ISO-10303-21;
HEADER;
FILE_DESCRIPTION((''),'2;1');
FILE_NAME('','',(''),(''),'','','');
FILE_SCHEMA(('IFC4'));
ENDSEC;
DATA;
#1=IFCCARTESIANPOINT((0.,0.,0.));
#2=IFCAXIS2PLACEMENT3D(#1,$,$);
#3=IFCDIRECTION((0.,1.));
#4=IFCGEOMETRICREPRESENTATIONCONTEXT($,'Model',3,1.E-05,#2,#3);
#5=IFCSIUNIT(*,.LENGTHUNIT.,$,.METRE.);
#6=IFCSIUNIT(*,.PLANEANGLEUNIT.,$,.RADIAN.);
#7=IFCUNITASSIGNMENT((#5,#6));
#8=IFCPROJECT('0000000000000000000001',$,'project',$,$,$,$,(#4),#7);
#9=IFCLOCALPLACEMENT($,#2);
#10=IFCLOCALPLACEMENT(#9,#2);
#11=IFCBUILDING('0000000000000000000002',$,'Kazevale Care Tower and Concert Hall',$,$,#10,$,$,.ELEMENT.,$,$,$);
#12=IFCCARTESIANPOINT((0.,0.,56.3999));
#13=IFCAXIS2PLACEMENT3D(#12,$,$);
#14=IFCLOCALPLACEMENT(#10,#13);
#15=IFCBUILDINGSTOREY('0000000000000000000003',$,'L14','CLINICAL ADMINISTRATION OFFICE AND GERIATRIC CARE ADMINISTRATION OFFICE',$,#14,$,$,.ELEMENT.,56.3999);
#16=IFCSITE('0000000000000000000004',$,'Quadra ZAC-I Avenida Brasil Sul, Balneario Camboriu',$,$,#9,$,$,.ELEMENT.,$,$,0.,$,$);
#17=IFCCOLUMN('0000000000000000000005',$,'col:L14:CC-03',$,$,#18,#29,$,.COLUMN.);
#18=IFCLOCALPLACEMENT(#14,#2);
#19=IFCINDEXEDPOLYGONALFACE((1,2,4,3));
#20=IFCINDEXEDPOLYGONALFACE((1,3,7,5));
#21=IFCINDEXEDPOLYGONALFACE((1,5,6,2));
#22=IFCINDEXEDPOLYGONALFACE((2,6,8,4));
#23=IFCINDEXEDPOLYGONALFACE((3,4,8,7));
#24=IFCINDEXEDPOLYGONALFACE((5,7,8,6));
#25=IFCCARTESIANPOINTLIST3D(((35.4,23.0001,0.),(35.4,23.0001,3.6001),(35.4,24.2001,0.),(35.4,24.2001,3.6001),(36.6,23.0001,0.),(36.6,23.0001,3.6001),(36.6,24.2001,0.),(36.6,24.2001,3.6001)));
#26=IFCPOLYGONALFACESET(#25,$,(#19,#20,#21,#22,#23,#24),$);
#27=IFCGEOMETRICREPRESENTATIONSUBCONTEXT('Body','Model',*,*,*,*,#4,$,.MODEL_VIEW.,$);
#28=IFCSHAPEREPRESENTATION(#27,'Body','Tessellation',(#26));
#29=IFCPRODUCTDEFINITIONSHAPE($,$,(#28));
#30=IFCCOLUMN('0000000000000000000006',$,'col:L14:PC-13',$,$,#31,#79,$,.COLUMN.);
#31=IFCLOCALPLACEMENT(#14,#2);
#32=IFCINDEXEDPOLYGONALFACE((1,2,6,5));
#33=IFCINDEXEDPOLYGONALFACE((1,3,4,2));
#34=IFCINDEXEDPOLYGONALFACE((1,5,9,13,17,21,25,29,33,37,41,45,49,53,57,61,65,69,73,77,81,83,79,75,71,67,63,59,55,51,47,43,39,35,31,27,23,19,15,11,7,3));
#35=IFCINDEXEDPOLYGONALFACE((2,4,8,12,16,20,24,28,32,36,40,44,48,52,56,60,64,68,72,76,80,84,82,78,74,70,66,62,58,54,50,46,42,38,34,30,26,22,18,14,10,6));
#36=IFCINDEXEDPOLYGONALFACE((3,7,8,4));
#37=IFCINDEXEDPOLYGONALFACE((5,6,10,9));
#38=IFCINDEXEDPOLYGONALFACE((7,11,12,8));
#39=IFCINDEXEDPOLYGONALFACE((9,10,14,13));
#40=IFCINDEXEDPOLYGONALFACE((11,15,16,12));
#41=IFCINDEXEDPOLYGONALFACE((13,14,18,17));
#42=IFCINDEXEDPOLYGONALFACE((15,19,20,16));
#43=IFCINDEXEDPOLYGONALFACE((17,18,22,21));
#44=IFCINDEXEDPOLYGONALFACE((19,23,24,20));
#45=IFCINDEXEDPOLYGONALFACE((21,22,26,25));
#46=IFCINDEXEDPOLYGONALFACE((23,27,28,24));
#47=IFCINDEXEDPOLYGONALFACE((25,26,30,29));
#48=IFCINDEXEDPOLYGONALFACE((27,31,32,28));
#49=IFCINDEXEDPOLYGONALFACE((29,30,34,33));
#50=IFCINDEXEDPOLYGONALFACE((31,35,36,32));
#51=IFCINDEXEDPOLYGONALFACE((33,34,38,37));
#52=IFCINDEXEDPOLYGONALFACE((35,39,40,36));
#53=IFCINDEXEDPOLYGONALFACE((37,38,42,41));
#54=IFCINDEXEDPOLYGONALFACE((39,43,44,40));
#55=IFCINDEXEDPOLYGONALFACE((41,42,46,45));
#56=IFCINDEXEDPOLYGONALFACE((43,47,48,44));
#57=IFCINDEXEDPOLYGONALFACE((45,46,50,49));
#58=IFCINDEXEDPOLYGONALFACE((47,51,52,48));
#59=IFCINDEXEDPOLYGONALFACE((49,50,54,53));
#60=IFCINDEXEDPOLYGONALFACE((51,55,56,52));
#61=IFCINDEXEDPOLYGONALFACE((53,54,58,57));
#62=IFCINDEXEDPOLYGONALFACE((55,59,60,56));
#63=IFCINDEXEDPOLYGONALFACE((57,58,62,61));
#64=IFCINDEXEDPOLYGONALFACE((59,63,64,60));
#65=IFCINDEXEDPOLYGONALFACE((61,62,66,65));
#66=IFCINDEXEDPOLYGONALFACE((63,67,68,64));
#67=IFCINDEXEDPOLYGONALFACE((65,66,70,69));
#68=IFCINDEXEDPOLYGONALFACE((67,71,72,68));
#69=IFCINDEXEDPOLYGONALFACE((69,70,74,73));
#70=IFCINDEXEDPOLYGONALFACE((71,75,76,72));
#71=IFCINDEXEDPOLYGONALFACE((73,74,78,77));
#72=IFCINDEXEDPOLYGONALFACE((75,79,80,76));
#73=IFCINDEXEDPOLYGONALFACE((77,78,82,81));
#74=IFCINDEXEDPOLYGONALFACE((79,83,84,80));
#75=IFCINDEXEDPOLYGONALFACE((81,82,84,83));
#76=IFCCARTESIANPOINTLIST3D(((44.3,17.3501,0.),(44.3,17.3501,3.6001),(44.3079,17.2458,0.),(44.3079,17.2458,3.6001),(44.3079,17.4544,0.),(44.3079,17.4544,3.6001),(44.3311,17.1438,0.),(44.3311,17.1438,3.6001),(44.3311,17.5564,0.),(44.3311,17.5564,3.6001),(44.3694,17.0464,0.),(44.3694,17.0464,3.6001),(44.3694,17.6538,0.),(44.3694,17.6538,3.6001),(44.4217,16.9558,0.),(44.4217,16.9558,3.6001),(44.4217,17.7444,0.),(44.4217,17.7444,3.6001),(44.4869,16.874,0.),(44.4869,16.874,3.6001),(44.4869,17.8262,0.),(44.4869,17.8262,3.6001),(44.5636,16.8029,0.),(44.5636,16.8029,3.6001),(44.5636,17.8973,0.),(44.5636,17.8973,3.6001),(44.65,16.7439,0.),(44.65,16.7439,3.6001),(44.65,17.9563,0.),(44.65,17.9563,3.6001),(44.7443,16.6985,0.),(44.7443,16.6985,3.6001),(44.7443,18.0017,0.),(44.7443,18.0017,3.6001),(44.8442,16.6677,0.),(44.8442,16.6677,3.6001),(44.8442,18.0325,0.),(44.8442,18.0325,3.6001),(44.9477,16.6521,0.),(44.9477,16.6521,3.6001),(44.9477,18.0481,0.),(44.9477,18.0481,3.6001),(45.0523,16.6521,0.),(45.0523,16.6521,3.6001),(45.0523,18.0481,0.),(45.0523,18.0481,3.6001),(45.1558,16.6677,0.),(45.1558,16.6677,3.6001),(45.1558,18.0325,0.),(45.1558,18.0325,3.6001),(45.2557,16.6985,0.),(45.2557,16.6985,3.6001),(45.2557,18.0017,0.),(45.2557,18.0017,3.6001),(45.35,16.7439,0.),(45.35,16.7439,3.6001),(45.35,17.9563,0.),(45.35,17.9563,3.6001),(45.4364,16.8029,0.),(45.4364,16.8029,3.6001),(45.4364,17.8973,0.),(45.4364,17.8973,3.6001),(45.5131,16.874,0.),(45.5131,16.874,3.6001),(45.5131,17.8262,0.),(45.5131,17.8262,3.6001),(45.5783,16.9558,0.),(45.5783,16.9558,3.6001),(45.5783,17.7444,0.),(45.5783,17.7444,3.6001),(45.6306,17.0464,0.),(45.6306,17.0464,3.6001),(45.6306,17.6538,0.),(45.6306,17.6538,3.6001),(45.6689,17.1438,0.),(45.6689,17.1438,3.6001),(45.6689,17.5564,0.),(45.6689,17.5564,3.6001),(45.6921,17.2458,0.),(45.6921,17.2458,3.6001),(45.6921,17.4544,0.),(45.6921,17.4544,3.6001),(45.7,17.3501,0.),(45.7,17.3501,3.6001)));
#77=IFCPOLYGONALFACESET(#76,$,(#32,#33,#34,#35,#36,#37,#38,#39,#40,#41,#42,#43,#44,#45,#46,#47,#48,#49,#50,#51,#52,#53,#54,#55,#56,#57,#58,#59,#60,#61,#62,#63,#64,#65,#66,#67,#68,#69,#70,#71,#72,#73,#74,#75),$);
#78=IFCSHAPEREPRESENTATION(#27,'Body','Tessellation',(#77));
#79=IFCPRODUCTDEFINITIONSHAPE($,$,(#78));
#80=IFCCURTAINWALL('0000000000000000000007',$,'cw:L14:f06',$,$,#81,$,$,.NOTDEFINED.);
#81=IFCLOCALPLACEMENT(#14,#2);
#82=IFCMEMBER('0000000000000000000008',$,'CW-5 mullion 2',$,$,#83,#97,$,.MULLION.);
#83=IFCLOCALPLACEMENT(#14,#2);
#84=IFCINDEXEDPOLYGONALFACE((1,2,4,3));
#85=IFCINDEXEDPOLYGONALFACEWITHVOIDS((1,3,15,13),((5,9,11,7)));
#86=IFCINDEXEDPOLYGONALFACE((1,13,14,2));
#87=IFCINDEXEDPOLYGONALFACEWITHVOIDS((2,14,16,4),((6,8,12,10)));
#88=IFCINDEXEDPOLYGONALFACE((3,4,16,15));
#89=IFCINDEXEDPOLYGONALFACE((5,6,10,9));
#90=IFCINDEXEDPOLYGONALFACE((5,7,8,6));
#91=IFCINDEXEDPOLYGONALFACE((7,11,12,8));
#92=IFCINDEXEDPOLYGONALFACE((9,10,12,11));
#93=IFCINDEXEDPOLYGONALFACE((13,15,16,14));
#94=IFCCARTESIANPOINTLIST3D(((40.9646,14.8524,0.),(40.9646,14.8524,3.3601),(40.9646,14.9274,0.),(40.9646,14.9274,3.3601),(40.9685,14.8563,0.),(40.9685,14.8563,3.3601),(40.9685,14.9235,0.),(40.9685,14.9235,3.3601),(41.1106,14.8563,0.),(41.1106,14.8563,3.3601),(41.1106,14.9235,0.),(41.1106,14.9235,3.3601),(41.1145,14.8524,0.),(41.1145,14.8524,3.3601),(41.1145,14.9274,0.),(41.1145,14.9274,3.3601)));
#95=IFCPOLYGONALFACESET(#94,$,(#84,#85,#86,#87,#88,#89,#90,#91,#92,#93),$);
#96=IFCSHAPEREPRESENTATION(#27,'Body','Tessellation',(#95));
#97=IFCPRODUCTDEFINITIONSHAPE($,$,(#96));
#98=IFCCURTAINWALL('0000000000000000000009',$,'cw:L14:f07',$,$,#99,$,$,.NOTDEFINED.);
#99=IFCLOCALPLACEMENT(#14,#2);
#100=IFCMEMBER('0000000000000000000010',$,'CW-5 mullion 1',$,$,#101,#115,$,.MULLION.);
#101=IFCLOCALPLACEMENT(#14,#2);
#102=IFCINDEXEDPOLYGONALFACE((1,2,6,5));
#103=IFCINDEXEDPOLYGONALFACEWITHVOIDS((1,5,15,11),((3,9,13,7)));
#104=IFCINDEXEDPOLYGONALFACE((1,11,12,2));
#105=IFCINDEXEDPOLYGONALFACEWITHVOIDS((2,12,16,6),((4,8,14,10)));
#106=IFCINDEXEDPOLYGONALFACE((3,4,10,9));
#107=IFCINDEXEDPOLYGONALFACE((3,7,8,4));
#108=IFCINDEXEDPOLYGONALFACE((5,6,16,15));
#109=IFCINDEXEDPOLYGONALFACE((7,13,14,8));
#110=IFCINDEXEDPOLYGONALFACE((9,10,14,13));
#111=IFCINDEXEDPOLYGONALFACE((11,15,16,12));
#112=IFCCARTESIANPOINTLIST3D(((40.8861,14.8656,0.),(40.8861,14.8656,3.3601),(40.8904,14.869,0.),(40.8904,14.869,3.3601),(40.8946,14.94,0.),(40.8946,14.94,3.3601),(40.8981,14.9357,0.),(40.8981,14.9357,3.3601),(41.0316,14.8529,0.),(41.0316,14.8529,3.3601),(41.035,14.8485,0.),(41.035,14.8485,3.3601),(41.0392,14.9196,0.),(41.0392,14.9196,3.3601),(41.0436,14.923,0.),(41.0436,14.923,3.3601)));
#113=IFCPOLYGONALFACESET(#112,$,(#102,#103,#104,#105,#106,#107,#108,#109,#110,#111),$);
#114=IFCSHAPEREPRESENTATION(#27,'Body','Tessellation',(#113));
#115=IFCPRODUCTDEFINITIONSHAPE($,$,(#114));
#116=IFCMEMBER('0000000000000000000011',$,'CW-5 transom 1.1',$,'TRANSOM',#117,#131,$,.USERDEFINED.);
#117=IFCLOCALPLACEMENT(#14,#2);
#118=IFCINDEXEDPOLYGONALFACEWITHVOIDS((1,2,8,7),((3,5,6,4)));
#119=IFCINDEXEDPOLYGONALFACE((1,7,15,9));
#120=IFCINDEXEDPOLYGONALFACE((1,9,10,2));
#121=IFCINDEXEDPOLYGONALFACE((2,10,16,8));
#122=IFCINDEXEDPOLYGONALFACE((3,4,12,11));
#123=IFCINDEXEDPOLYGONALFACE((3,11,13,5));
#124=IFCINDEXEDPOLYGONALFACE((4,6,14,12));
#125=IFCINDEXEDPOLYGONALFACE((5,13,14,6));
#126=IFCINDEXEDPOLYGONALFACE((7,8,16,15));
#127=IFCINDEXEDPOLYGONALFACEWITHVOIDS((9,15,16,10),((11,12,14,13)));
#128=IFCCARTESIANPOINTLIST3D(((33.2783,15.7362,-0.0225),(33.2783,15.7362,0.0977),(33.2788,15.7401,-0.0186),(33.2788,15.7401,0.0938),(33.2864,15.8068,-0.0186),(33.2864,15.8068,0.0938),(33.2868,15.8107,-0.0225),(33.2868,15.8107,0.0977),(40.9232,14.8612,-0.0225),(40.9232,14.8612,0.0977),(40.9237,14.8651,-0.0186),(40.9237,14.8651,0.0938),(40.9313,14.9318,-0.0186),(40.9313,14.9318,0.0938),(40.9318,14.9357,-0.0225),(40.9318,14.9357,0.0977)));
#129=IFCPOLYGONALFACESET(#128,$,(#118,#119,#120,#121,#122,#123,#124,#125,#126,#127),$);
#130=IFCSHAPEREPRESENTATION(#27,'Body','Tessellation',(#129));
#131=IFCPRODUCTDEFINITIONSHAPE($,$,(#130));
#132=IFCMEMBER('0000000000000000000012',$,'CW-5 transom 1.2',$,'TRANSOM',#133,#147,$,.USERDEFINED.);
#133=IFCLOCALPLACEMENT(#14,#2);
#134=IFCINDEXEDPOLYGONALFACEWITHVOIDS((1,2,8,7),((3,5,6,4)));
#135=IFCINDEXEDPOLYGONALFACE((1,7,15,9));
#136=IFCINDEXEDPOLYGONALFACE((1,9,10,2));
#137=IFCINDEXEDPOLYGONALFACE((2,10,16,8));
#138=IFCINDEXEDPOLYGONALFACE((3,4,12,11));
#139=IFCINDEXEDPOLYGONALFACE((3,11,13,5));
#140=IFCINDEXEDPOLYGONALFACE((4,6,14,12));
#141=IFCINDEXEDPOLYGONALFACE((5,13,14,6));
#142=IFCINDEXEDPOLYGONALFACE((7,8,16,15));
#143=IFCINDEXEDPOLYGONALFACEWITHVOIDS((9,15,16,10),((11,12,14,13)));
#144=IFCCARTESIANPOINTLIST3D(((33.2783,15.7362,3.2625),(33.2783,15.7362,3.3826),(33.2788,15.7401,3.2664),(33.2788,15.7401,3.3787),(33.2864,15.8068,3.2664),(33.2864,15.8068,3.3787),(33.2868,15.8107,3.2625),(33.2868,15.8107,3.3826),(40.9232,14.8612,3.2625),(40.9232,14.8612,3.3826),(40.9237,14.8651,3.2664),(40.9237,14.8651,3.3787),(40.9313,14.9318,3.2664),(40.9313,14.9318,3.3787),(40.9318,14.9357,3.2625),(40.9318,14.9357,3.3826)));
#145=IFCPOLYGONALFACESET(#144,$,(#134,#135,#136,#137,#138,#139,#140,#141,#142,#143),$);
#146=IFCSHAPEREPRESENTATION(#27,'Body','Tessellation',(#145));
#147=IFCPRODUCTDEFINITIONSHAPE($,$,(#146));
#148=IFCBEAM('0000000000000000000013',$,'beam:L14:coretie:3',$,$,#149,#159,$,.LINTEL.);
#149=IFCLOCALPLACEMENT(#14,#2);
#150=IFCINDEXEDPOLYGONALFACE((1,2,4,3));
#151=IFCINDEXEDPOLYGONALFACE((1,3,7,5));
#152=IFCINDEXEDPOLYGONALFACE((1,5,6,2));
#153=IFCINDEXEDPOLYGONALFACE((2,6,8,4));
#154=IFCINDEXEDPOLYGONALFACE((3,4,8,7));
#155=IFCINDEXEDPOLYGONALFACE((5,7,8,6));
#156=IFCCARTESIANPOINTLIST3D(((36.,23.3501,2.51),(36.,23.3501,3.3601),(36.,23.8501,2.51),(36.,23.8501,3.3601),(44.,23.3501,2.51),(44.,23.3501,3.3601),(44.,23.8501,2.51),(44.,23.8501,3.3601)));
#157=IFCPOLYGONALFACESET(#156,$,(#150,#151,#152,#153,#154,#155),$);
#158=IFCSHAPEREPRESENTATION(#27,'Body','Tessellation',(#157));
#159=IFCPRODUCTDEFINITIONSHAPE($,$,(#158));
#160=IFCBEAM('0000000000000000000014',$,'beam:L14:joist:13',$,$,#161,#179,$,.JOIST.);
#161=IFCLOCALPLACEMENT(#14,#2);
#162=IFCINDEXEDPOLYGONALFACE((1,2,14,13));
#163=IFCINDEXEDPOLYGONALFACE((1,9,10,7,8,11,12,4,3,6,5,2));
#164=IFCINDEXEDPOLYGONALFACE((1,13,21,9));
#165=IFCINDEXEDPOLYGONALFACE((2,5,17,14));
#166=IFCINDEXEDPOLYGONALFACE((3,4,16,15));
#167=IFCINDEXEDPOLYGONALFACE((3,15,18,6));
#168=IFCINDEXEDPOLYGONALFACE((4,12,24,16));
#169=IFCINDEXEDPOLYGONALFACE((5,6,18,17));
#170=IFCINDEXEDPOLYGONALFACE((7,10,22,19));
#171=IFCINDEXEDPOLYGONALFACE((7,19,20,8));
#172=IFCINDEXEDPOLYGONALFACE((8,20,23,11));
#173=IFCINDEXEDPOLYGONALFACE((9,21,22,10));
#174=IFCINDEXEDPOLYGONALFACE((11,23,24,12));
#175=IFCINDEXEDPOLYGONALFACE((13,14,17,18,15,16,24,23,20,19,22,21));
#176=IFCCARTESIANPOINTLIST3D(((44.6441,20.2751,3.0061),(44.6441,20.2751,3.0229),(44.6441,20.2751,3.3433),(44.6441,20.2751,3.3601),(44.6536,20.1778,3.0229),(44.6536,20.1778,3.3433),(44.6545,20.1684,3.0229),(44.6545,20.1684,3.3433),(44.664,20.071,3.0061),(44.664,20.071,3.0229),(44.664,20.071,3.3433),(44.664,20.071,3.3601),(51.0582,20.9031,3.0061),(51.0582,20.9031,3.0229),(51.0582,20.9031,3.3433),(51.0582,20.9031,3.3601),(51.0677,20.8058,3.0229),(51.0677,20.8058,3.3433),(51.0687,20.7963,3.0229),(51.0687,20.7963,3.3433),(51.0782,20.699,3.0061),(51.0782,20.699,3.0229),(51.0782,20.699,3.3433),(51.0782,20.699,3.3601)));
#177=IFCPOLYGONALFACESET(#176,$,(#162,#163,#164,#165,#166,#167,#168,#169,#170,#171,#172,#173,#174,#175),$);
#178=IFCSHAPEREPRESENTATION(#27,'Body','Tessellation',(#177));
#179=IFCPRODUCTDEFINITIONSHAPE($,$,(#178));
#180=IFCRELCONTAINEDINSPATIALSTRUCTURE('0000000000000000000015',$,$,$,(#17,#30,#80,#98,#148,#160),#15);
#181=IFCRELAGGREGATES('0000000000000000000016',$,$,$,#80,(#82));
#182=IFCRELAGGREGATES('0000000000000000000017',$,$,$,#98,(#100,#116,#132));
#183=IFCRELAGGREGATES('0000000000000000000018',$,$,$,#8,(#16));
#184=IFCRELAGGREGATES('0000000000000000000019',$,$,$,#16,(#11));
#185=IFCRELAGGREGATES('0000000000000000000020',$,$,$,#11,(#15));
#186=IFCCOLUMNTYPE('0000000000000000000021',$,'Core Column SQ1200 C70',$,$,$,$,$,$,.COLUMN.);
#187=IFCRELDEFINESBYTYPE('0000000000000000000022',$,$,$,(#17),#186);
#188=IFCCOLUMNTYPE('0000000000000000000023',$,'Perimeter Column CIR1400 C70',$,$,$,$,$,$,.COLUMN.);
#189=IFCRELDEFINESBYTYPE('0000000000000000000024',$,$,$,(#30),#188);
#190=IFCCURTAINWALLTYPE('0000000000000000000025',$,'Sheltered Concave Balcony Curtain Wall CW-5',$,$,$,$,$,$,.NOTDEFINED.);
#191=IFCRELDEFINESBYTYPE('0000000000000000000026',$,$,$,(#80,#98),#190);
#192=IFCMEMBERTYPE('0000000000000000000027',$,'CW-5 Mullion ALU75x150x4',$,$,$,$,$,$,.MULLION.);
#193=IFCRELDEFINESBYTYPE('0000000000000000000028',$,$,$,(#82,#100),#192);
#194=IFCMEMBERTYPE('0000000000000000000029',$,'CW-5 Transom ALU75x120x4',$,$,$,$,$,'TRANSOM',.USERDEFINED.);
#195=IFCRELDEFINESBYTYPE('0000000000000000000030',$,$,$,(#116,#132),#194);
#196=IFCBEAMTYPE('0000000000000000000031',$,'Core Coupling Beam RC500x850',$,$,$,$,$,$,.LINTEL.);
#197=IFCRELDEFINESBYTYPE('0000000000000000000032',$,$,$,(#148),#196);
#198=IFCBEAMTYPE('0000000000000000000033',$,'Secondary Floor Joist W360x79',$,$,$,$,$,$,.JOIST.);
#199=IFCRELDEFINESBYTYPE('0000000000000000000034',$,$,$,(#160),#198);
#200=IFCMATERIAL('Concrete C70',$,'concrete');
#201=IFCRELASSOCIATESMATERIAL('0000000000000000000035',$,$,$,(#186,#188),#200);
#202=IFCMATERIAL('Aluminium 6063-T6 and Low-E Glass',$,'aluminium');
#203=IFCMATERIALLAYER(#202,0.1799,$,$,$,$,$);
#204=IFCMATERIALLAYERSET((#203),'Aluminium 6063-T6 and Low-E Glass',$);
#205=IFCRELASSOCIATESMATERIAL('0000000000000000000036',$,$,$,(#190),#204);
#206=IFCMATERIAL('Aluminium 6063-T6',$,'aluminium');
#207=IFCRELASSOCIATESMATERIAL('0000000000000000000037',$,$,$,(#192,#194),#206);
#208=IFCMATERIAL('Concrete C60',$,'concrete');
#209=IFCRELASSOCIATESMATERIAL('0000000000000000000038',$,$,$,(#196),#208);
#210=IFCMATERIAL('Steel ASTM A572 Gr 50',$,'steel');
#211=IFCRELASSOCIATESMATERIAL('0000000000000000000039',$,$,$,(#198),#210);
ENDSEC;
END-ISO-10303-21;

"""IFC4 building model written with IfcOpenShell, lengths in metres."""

from ifc_helpers import new_model, si_unit, direction, frame, origin, origin_2d, place, context, subcontext, project, spatial, rectangle, hollow_rectangle, circle, i_section, extrude, material, layer, layer_set, material_profile, profile_set, type_object, element, aggregate, save


model = new_model("IFC4")

# Units and contexts
model_context = context("Model", 3, precision=1e-05, world=origin(), true_north=direction((0.0, 1.0)))
body_context = subcontext(model_context, "Body", "Model", "MODEL_VIEW")
ifc_project = project(units=[si_unit("LENGTHUNIT", "METRE"), si_unit("PLANEANGLEUNIT", "RADIAN")], contexts=[model_context])

# Site, building, storey
site_placement = place(None, origin())
site = spatial("IfcSite", under=ifc_project, at=site_placement, Name="Quadra ZAC-I Avenida Brasil Sul, Balneario Camboriu", CompositionType="ELEMENT", RefElevation=0.0)
building_placement = place(site_placement, origin())
building = spatial("IfcBuilding", under=site, at=building_placement, Name="Kazevale Care Tower and Concert Hall", CompositionType="ELEMENT")
storey_placement = place(building_placement, frame((0.0, 0.0, 56.3999)))
storey = spatial("IfcBuildingStorey", under=building, at=storey_placement, Name="L14", Description="CLINICAL ADMINISTRATION OFFICE AND GERIATRIC CARE ADMINISTRATION OFFICE", CompositionType="ELEMENT", Elevation=56.3999)

# Columns
ifc_material_1 = material(Name="Concrete C70", Category="concrete")
ifc_material_profile_1 = material_profile(ifc_material_1, rectangle(XDim=1.2, YDim=1.2, at=origin_2d()), Name="RC-SQ1200")
ifc_profile_set_1 = profile_set([ifc_material_profile_1], Name="Concrete C70")
column_type_1 = type_object("IfcColumnType", Name="Core Column SQ1200 C70", PredefinedType="COLUMN", material=ifc_profile_set_1)
column_1_placement = place(storey_placement, frame((36.0, 23.6001, 0.0), z_axis=(0.0, 0.0, 1.0), x_axis=(1.0, 0.0, 0.0)))
element("IfcColumn", 1, at=column_1_placement, inside=storey, type_object=column_type_1, Name="col:L14:CC-03", PredefinedType="COLUMN", context=body_context, shape_type="SweptSolid", body=[
    extrude(rectangle(XDim=1.2, YDim=1.2, at=origin_2d()), origin(), (0.0, 0.0, 1.0), 3.6001),
])
ifc_material_profile_2 = material_profile(ifc_material_1, circle(Radius=0.7, at=origin_2d()), Name="RC-CIR1400")
ifc_profile_set_2 = profile_set([ifc_material_profile_2], Name="Concrete C70")
column_type_2 = type_object("IfcColumnType", Name="Perimeter Column CIR1400 C70", PredefinedType="COLUMN", material=ifc_profile_set_2)
column_2_placement = place(storey_placement, frame((45.0, 17.3501, 0.0), z_axis=(0.0, 0.0, 1.0), x_axis=(1.0, 0.0, 0.0)))
element("IfcColumn", 2, at=column_2_placement, inside=storey, type_object=column_type_2, Name="col:L14:PC-13", PredefinedType="COLUMN", context=body_context, shape_type="SweptSolid", body=[
    extrude(circle(Radius=0.7, at=origin_2d()), origin(), (0.0, 0.0, 1.0), 3.6001),
])

# Curtain wall, member
ifc_material_2 = material(Name="Aluminium 6063-T6 and Low-E Glass", Category="aluminium")
ifc_layer_1 = layer(ifc_material_2, 0.1799)
ifc_layer_set_1 = layer_set([ifc_layer_1], Name="Aluminium 6063-T6 and Low-E Glass")
curtain_wall_type = type_object("IfcCurtainWallType", Name="Sheltered Concave Balcony Curtain Wall CW-5", PredefinedType="NOTDEFINED", material=ifc_layer_set_1)
curtain_wall_1_placement = place(storey_placement, origin())
curtain_wall_1 = element("IfcCurtainWall", 3, at=curtain_wall_1_placement, inside=storey, type_object=curtain_wall_type, Name="cw:L14:f06", PredefinedType="NOTDEFINED")
ifc_material_3 = material(Name="Aluminium 6063-T6", Category="aluminium")
ifc_material_profile_3 = material_profile(ifc_material_3, hollow_rectangle(XDim=0.075, YDim=0.1499, WallThickness=0.0039, at=origin_2d()), Name="ALU75x150x4")
ifc_profile_set_3 = profile_set([ifc_material_profile_3], Name="Aluminium 6063-T6")
member_type_1 = type_object("IfcMemberType", Name="CW-5 Mullion ALU75x150x4", PredefinedType="MULLION", material=ifc_profile_set_3)
member_1_placement = place(storey_placement, frame((41.0396, 14.8899, 0.0), z_axis=(0.0, 0.0, 1.0), x_axis=(0.0, -1.0, 0.0)))
member_1 = element("IfcMember", 4, at=member_1_placement, type_object=member_type_1, Name="CW-5 mullion 2", PredefinedType="MULLION", context=body_context, shape_type="SweptSolid", body=[
    extrude(hollow_rectangle(XDim=0.075, YDim=0.1499, WallThickness=0.0039, at=origin_2d()), origin(), (0.0, 0.0, 1.0), 3.3601),
])

# Curtain wall, members
curtain_wall_2_placement = place(storey_placement, origin())
curtain_wall_2 = element("IfcCurtainWall", 5, at=curtain_wall_2_placement, inside=storey, type_object=curtain_wall_type, Name="cw:L14:f07", PredefinedType="NOTDEFINED")
member_2_placement = place(storey_placement, frame((40.9648, 14.8943, 0.0), z_axis=(0.0, 0.0, 1.0), x_axis=(-0.113705, -0.993515, 0.0)))
member_2 = element("IfcMember", 6, at=member_2_placement, type_object=member_type_1, Name="CW-5 mullion 1", PredefinedType="MULLION", context=body_context, shape_type="SweptSolid", body=[
    extrude(hollow_rectangle(XDim=0.075, YDim=0.1499, WallThickness=0.0039, at=origin_2d()), origin(), (0.0, 0.0, 1.0), 3.3601),
])
ifc_material_profile_4 = material_profile(ifc_material_3, hollow_rectangle(XDim=0.075, YDim=0.1201, WallThickness=0.0039, at=origin_2d()), Name="ALU75x120x4")
ifc_profile_set_4 = profile_set([ifc_material_profile_4], Name="Aluminium 6063-T6")
member_type_2 = type_object("IfcMemberType", Name="CW-5 Transom ALU75x120x4", ElementType="TRANSOM", PredefinedType="USERDEFINED", material=ifc_profile_set_4)
member_3_placement = place(storey_placement, frame((40.9275, 14.8984, 0.0376), z_axis=(-0.993514, 0.113711, 0.0), x_axis=(-0.113711, -0.993514, 0.0)))
member_3 = element("IfcMember", 7, at=member_3_placement, type_object=member_type_2, Name="CW-5 transom 1.1", ObjectType="TRANSOM", PredefinedType="USERDEFINED", context=body_context, shape_type="SweptSolid", body=[
    extrude(hollow_rectangle(XDim=0.075, YDim=0.1201, WallThickness=0.0039, at=origin_2d()), origin(), (0.0, 0.0, 1.0), 7.6948),
])
member_4_placement = place(storey_placement, frame((40.9275, 14.8984, 3.3225), z_axis=(-0.993514, 0.113711, 0.0), x_axis=(-0.113711, -0.993514, 0.0)))
member_4 = element("IfcMember", 8, at=member_4_placement, type_object=member_type_2, Name="CW-5 transom 1.2", ObjectType="TRANSOM", PredefinedType="USERDEFINED", context=body_context, shape_type="SweptSolid", body=[
    extrude(hollow_rectangle(XDim=0.075, YDim=0.1201, WallThickness=0.0039, at=origin_2d()), origin(), (0.0, 0.0, 1.0), 7.6948),
])

# Beams
ifc_material_4 = material(Name="Concrete C60", Category="concrete")
ifc_material_profile_5 = material_profile(ifc_material_4, rectangle(XDim=0.5, YDim=0.8501, at=origin_2d()), Name="RC-B500x850")
ifc_profile_set_5 = profile_set([ifc_material_profile_5], Name="Concrete C60")
beam_type_1 = type_object("IfcBeamType", Name="Core Coupling Beam RC500x850", PredefinedType="LINTEL", material=ifc_profile_set_5)
beam_1_placement = place(storey_placement, frame((36.0, 23.6001, 2.9351), z_axis=(1.0, 0.0, 0.0), x_axis=(0.0, 1.0, 0.0)))
element("IfcBeam", 9, at=beam_1_placement, inside=storey, type_object=beam_type_1, Name="beam:L14:coretie:3", PredefinedType="LINTEL", context=body_context, shape_type="SweptSolid", body=[
    extrude(rectangle(XDim=0.5, YDim=0.8501, at=origin_2d()), origin(), (0.0, 0.0, 1.0), 8.0),
])
ifc_material_5 = material(Name="Steel ASTM A572 Gr 50", Category="steel")
ifc_material_profile_6 = material_profile(ifc_material_5, i_section(OverallWidth=0.2051, OverallDepth=0.354, WebThickness=0.0095, FlangeThickness=0.0168, at=origin_2d()), Name="W360x79")
ifc_profile_set_6 = profile_set([ifc_material_profile_6], Name="Steel ASTM A572 Gr 50")
beam_type_2 = type_object("IfcBeamType", Name="Secondary Floor Joist W360x79", PredefinedType="JOIST", material=ifc_profile_set_6)
beam_2_placement = place(storey_placement, frame((44.6541, 20.1731, 3.1831), z_axis=(0.995242, 0.097433, 0.0), x_axis=(-0.097433, 0.995242, 0.0)))
element("IfcBeam", 10, at=beam_2_placement, inside=storey, type_object=beam_type_2, Name="beam:L14:joist:13", PredefinedType="JOIST", context=body_context, shape_type="SweptSolid", body=[
    extrude(i_section(OverallWidth=0.2051, OverallDepth=0.354, WebThickness=0.0095, FlangeThickness=0.0168, at=origin_2d()), origin(), (0.0, 0.0, 1.0), 6.4448),
])

aggregate(curtain_wall_1, [member_1])
aggregate(curtain_wall_2, [member_2, member_3, member_4])

save(model, "model.ifc")
